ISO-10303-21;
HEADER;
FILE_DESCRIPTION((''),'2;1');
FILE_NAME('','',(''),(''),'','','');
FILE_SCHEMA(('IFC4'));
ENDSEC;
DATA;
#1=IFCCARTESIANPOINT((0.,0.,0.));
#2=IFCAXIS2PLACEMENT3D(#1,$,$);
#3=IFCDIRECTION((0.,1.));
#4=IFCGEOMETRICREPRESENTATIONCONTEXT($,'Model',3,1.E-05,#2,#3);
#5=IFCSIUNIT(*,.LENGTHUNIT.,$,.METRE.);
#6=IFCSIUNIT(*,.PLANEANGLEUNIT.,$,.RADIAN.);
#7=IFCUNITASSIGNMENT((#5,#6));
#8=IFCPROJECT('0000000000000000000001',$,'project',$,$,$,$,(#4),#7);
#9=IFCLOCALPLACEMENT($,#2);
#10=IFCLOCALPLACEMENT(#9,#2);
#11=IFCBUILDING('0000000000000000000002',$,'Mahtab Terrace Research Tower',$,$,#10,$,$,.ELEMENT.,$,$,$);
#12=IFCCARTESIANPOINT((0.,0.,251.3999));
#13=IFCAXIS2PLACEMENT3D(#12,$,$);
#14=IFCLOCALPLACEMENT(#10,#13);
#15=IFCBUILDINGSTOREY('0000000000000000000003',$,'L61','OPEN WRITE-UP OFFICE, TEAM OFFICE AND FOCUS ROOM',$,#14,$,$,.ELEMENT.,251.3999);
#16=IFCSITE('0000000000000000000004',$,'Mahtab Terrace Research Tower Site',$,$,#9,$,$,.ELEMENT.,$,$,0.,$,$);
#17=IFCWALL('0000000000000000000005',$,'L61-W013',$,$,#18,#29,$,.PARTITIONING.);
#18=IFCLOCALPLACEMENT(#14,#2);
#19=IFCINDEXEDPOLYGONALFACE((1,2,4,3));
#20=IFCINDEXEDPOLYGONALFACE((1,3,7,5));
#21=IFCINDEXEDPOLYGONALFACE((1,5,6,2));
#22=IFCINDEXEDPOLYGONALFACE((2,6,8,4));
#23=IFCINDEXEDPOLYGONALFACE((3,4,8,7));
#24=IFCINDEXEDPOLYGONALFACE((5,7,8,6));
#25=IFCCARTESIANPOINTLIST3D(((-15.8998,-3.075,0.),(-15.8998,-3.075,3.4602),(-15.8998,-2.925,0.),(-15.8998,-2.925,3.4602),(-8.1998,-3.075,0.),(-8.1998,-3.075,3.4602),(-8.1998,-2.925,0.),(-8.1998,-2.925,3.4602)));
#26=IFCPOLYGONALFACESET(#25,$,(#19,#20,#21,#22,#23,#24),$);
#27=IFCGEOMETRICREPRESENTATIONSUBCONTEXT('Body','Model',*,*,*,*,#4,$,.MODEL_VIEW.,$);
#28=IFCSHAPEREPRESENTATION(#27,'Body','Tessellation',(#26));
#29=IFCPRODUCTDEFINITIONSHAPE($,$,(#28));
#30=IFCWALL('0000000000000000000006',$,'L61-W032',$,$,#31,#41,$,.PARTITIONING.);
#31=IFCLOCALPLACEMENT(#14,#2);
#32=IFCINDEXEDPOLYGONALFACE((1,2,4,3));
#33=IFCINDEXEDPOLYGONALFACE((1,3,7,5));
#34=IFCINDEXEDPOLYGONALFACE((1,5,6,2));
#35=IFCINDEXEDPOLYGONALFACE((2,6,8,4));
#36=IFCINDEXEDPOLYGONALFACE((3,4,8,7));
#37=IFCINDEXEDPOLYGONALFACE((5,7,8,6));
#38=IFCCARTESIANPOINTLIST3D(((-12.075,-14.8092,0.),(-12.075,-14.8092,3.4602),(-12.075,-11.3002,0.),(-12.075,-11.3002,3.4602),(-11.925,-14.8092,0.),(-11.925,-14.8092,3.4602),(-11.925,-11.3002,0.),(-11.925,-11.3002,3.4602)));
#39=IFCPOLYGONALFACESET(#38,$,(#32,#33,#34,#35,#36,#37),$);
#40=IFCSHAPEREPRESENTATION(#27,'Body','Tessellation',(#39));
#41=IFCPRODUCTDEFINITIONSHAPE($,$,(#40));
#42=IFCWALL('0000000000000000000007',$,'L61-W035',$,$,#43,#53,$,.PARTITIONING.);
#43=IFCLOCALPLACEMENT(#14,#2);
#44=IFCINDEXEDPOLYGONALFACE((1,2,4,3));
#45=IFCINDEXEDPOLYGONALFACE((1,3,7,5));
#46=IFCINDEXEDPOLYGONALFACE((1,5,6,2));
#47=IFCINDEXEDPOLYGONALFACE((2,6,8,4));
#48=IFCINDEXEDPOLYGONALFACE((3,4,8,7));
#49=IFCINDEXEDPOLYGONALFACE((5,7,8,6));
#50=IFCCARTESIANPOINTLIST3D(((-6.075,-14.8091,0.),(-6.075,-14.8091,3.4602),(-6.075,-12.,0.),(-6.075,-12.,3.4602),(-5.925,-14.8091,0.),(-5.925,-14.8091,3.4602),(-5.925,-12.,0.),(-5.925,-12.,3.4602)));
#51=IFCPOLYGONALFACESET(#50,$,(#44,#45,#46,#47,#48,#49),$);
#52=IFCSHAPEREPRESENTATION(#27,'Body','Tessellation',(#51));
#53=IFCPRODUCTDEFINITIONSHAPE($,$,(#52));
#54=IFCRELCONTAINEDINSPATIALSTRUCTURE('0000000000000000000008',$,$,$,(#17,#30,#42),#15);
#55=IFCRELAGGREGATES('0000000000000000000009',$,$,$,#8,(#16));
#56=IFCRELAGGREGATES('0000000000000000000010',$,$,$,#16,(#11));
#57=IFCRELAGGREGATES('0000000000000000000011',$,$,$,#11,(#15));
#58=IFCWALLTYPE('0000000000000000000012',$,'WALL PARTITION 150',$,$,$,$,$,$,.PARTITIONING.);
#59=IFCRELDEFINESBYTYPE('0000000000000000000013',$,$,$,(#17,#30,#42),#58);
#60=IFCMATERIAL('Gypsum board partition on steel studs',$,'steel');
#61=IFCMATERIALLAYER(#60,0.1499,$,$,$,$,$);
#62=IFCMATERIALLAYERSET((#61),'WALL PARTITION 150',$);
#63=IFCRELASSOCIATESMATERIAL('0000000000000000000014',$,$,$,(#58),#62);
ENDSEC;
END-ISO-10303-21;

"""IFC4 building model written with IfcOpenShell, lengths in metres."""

from ifc_helpers import new_model, si_unit, direction, frame, frame_2d, origin, place, context, subcontext, project, spatial, rectangle, extrude, material, layer, layer_set, type_object, element, save


model = new_model("IFC4")

# Units and contexts
model_context = context("Model", 3, precision=1e-05, world=origin(), true_north=direction((0.0, 1.0)))
body_context = subcontext(model_context, "Body", "Model", "MODEL_VIEW")
ifc_project = project(units=[si_unit("LENGTHUNIT", "METRE"), si_unit("PLANEANGLEUNIT", "RADIAN")], contexts=[model_context])

# Site, building, storey
site_placement = place(None, origin())
site = spatial("IfcSite", under=ifc_project, at=site_placement, Name="Mahtab Terrace Research Tower Site", CompositionType="ELEMENT", RefElevation=0.0)
building_placement = place(site_placement, origin())
building = spatial("IfcBuilding", under=site, at=building_placement, Name="Mahtab Terrace Research Tower", CompositionType="ELEMENT")
storey_placement = place(building_placement, frame((0.0, 0.0, 251.3999)))
storey = spatial("IfcBuildingStorey", under=building, at=storey_placement, Name="L61", Description="OPEN WRITE-UP OFFICE, TEAM OFFICE AND FOCUS ROOM", CompositionType="ELEMENT", Elevation=251.3999)

# Walls
ifc_material_1 = material(Name="Gypsum board partition on steel studs", Category="steel")
ifc_layer_1 = layer(ifc_material_1, 0.1499)
ifc_layer_set_1 = layer_set([ifc_layer_1], Name="WALL PARTITION 150")
wall_type_1 = type_object("IfcWallType", Name="WALL PARTITION 150", PredefinedType="PARTITIONING", material=ifc_layer_set_1)
wall_1_placement = place(storey_placement, frame((-15.8999, -3.0, 0.0), z_axis=(0.0, 0.0, 1.0), x_axis=(1.0, 0.0, 0.0)))
element("IfcWall", 1, at=wall_1_placement, inside=storey, type_object=wall_type_1, Name="L61-W013", PredefinedType="PARTITIONING", context=body_context, shape_type="SweptSolid", body=[
    extrude(rectangle(XDim=7.7, YDim=0.1499, at=frame_2d((3.8501, 0.0))), origin(), (0.0, 0.0, 1.0), 3.4602),
])
wall_2_placement = place(storey_placement, frame((-12.0, -14.8091, 0.0), z_axis=(0.0, 0.0, 1.0), x_axis=(0.0, 1.0, 0.0)))
element("IfcWall", 2, at=wall_2_placement, inside=storey, type_object=wall_type_1, Name="L61-W032", PredefinedType="PARTITIONING", context=body_context, shape_type="SweptSolid", body=[
    extrude(rectangle(XDim=3.509, YDim=0.1499, at=frame_2d((1.7544, 0.0))), origin(), (0.0, 0.0, 1.0), 3.4602),
])
wall_3_placement = place(storey_placement, frame((-6.0, -14.8091, 0.0), z_axis=(0.0, 0.0, 1.0), x_axis=(0.0, 1.0, 0.0)))
element("IfcWall", 3, at=wall_3_placement, inside=storey, type_object=wall_type_1, Name="L61-W035", PredefinedType="PARTITIONING", context=body_context, shape_type="SweptSolid", body=[
    extrude(rectangle(XDim=2.8091, YDim=0.1499, at=frame_2d((1.4045, 0.0))), origin(), (0.0, 0.0, 1.0), 3.4602),
])

save(model, "model.ifc")
